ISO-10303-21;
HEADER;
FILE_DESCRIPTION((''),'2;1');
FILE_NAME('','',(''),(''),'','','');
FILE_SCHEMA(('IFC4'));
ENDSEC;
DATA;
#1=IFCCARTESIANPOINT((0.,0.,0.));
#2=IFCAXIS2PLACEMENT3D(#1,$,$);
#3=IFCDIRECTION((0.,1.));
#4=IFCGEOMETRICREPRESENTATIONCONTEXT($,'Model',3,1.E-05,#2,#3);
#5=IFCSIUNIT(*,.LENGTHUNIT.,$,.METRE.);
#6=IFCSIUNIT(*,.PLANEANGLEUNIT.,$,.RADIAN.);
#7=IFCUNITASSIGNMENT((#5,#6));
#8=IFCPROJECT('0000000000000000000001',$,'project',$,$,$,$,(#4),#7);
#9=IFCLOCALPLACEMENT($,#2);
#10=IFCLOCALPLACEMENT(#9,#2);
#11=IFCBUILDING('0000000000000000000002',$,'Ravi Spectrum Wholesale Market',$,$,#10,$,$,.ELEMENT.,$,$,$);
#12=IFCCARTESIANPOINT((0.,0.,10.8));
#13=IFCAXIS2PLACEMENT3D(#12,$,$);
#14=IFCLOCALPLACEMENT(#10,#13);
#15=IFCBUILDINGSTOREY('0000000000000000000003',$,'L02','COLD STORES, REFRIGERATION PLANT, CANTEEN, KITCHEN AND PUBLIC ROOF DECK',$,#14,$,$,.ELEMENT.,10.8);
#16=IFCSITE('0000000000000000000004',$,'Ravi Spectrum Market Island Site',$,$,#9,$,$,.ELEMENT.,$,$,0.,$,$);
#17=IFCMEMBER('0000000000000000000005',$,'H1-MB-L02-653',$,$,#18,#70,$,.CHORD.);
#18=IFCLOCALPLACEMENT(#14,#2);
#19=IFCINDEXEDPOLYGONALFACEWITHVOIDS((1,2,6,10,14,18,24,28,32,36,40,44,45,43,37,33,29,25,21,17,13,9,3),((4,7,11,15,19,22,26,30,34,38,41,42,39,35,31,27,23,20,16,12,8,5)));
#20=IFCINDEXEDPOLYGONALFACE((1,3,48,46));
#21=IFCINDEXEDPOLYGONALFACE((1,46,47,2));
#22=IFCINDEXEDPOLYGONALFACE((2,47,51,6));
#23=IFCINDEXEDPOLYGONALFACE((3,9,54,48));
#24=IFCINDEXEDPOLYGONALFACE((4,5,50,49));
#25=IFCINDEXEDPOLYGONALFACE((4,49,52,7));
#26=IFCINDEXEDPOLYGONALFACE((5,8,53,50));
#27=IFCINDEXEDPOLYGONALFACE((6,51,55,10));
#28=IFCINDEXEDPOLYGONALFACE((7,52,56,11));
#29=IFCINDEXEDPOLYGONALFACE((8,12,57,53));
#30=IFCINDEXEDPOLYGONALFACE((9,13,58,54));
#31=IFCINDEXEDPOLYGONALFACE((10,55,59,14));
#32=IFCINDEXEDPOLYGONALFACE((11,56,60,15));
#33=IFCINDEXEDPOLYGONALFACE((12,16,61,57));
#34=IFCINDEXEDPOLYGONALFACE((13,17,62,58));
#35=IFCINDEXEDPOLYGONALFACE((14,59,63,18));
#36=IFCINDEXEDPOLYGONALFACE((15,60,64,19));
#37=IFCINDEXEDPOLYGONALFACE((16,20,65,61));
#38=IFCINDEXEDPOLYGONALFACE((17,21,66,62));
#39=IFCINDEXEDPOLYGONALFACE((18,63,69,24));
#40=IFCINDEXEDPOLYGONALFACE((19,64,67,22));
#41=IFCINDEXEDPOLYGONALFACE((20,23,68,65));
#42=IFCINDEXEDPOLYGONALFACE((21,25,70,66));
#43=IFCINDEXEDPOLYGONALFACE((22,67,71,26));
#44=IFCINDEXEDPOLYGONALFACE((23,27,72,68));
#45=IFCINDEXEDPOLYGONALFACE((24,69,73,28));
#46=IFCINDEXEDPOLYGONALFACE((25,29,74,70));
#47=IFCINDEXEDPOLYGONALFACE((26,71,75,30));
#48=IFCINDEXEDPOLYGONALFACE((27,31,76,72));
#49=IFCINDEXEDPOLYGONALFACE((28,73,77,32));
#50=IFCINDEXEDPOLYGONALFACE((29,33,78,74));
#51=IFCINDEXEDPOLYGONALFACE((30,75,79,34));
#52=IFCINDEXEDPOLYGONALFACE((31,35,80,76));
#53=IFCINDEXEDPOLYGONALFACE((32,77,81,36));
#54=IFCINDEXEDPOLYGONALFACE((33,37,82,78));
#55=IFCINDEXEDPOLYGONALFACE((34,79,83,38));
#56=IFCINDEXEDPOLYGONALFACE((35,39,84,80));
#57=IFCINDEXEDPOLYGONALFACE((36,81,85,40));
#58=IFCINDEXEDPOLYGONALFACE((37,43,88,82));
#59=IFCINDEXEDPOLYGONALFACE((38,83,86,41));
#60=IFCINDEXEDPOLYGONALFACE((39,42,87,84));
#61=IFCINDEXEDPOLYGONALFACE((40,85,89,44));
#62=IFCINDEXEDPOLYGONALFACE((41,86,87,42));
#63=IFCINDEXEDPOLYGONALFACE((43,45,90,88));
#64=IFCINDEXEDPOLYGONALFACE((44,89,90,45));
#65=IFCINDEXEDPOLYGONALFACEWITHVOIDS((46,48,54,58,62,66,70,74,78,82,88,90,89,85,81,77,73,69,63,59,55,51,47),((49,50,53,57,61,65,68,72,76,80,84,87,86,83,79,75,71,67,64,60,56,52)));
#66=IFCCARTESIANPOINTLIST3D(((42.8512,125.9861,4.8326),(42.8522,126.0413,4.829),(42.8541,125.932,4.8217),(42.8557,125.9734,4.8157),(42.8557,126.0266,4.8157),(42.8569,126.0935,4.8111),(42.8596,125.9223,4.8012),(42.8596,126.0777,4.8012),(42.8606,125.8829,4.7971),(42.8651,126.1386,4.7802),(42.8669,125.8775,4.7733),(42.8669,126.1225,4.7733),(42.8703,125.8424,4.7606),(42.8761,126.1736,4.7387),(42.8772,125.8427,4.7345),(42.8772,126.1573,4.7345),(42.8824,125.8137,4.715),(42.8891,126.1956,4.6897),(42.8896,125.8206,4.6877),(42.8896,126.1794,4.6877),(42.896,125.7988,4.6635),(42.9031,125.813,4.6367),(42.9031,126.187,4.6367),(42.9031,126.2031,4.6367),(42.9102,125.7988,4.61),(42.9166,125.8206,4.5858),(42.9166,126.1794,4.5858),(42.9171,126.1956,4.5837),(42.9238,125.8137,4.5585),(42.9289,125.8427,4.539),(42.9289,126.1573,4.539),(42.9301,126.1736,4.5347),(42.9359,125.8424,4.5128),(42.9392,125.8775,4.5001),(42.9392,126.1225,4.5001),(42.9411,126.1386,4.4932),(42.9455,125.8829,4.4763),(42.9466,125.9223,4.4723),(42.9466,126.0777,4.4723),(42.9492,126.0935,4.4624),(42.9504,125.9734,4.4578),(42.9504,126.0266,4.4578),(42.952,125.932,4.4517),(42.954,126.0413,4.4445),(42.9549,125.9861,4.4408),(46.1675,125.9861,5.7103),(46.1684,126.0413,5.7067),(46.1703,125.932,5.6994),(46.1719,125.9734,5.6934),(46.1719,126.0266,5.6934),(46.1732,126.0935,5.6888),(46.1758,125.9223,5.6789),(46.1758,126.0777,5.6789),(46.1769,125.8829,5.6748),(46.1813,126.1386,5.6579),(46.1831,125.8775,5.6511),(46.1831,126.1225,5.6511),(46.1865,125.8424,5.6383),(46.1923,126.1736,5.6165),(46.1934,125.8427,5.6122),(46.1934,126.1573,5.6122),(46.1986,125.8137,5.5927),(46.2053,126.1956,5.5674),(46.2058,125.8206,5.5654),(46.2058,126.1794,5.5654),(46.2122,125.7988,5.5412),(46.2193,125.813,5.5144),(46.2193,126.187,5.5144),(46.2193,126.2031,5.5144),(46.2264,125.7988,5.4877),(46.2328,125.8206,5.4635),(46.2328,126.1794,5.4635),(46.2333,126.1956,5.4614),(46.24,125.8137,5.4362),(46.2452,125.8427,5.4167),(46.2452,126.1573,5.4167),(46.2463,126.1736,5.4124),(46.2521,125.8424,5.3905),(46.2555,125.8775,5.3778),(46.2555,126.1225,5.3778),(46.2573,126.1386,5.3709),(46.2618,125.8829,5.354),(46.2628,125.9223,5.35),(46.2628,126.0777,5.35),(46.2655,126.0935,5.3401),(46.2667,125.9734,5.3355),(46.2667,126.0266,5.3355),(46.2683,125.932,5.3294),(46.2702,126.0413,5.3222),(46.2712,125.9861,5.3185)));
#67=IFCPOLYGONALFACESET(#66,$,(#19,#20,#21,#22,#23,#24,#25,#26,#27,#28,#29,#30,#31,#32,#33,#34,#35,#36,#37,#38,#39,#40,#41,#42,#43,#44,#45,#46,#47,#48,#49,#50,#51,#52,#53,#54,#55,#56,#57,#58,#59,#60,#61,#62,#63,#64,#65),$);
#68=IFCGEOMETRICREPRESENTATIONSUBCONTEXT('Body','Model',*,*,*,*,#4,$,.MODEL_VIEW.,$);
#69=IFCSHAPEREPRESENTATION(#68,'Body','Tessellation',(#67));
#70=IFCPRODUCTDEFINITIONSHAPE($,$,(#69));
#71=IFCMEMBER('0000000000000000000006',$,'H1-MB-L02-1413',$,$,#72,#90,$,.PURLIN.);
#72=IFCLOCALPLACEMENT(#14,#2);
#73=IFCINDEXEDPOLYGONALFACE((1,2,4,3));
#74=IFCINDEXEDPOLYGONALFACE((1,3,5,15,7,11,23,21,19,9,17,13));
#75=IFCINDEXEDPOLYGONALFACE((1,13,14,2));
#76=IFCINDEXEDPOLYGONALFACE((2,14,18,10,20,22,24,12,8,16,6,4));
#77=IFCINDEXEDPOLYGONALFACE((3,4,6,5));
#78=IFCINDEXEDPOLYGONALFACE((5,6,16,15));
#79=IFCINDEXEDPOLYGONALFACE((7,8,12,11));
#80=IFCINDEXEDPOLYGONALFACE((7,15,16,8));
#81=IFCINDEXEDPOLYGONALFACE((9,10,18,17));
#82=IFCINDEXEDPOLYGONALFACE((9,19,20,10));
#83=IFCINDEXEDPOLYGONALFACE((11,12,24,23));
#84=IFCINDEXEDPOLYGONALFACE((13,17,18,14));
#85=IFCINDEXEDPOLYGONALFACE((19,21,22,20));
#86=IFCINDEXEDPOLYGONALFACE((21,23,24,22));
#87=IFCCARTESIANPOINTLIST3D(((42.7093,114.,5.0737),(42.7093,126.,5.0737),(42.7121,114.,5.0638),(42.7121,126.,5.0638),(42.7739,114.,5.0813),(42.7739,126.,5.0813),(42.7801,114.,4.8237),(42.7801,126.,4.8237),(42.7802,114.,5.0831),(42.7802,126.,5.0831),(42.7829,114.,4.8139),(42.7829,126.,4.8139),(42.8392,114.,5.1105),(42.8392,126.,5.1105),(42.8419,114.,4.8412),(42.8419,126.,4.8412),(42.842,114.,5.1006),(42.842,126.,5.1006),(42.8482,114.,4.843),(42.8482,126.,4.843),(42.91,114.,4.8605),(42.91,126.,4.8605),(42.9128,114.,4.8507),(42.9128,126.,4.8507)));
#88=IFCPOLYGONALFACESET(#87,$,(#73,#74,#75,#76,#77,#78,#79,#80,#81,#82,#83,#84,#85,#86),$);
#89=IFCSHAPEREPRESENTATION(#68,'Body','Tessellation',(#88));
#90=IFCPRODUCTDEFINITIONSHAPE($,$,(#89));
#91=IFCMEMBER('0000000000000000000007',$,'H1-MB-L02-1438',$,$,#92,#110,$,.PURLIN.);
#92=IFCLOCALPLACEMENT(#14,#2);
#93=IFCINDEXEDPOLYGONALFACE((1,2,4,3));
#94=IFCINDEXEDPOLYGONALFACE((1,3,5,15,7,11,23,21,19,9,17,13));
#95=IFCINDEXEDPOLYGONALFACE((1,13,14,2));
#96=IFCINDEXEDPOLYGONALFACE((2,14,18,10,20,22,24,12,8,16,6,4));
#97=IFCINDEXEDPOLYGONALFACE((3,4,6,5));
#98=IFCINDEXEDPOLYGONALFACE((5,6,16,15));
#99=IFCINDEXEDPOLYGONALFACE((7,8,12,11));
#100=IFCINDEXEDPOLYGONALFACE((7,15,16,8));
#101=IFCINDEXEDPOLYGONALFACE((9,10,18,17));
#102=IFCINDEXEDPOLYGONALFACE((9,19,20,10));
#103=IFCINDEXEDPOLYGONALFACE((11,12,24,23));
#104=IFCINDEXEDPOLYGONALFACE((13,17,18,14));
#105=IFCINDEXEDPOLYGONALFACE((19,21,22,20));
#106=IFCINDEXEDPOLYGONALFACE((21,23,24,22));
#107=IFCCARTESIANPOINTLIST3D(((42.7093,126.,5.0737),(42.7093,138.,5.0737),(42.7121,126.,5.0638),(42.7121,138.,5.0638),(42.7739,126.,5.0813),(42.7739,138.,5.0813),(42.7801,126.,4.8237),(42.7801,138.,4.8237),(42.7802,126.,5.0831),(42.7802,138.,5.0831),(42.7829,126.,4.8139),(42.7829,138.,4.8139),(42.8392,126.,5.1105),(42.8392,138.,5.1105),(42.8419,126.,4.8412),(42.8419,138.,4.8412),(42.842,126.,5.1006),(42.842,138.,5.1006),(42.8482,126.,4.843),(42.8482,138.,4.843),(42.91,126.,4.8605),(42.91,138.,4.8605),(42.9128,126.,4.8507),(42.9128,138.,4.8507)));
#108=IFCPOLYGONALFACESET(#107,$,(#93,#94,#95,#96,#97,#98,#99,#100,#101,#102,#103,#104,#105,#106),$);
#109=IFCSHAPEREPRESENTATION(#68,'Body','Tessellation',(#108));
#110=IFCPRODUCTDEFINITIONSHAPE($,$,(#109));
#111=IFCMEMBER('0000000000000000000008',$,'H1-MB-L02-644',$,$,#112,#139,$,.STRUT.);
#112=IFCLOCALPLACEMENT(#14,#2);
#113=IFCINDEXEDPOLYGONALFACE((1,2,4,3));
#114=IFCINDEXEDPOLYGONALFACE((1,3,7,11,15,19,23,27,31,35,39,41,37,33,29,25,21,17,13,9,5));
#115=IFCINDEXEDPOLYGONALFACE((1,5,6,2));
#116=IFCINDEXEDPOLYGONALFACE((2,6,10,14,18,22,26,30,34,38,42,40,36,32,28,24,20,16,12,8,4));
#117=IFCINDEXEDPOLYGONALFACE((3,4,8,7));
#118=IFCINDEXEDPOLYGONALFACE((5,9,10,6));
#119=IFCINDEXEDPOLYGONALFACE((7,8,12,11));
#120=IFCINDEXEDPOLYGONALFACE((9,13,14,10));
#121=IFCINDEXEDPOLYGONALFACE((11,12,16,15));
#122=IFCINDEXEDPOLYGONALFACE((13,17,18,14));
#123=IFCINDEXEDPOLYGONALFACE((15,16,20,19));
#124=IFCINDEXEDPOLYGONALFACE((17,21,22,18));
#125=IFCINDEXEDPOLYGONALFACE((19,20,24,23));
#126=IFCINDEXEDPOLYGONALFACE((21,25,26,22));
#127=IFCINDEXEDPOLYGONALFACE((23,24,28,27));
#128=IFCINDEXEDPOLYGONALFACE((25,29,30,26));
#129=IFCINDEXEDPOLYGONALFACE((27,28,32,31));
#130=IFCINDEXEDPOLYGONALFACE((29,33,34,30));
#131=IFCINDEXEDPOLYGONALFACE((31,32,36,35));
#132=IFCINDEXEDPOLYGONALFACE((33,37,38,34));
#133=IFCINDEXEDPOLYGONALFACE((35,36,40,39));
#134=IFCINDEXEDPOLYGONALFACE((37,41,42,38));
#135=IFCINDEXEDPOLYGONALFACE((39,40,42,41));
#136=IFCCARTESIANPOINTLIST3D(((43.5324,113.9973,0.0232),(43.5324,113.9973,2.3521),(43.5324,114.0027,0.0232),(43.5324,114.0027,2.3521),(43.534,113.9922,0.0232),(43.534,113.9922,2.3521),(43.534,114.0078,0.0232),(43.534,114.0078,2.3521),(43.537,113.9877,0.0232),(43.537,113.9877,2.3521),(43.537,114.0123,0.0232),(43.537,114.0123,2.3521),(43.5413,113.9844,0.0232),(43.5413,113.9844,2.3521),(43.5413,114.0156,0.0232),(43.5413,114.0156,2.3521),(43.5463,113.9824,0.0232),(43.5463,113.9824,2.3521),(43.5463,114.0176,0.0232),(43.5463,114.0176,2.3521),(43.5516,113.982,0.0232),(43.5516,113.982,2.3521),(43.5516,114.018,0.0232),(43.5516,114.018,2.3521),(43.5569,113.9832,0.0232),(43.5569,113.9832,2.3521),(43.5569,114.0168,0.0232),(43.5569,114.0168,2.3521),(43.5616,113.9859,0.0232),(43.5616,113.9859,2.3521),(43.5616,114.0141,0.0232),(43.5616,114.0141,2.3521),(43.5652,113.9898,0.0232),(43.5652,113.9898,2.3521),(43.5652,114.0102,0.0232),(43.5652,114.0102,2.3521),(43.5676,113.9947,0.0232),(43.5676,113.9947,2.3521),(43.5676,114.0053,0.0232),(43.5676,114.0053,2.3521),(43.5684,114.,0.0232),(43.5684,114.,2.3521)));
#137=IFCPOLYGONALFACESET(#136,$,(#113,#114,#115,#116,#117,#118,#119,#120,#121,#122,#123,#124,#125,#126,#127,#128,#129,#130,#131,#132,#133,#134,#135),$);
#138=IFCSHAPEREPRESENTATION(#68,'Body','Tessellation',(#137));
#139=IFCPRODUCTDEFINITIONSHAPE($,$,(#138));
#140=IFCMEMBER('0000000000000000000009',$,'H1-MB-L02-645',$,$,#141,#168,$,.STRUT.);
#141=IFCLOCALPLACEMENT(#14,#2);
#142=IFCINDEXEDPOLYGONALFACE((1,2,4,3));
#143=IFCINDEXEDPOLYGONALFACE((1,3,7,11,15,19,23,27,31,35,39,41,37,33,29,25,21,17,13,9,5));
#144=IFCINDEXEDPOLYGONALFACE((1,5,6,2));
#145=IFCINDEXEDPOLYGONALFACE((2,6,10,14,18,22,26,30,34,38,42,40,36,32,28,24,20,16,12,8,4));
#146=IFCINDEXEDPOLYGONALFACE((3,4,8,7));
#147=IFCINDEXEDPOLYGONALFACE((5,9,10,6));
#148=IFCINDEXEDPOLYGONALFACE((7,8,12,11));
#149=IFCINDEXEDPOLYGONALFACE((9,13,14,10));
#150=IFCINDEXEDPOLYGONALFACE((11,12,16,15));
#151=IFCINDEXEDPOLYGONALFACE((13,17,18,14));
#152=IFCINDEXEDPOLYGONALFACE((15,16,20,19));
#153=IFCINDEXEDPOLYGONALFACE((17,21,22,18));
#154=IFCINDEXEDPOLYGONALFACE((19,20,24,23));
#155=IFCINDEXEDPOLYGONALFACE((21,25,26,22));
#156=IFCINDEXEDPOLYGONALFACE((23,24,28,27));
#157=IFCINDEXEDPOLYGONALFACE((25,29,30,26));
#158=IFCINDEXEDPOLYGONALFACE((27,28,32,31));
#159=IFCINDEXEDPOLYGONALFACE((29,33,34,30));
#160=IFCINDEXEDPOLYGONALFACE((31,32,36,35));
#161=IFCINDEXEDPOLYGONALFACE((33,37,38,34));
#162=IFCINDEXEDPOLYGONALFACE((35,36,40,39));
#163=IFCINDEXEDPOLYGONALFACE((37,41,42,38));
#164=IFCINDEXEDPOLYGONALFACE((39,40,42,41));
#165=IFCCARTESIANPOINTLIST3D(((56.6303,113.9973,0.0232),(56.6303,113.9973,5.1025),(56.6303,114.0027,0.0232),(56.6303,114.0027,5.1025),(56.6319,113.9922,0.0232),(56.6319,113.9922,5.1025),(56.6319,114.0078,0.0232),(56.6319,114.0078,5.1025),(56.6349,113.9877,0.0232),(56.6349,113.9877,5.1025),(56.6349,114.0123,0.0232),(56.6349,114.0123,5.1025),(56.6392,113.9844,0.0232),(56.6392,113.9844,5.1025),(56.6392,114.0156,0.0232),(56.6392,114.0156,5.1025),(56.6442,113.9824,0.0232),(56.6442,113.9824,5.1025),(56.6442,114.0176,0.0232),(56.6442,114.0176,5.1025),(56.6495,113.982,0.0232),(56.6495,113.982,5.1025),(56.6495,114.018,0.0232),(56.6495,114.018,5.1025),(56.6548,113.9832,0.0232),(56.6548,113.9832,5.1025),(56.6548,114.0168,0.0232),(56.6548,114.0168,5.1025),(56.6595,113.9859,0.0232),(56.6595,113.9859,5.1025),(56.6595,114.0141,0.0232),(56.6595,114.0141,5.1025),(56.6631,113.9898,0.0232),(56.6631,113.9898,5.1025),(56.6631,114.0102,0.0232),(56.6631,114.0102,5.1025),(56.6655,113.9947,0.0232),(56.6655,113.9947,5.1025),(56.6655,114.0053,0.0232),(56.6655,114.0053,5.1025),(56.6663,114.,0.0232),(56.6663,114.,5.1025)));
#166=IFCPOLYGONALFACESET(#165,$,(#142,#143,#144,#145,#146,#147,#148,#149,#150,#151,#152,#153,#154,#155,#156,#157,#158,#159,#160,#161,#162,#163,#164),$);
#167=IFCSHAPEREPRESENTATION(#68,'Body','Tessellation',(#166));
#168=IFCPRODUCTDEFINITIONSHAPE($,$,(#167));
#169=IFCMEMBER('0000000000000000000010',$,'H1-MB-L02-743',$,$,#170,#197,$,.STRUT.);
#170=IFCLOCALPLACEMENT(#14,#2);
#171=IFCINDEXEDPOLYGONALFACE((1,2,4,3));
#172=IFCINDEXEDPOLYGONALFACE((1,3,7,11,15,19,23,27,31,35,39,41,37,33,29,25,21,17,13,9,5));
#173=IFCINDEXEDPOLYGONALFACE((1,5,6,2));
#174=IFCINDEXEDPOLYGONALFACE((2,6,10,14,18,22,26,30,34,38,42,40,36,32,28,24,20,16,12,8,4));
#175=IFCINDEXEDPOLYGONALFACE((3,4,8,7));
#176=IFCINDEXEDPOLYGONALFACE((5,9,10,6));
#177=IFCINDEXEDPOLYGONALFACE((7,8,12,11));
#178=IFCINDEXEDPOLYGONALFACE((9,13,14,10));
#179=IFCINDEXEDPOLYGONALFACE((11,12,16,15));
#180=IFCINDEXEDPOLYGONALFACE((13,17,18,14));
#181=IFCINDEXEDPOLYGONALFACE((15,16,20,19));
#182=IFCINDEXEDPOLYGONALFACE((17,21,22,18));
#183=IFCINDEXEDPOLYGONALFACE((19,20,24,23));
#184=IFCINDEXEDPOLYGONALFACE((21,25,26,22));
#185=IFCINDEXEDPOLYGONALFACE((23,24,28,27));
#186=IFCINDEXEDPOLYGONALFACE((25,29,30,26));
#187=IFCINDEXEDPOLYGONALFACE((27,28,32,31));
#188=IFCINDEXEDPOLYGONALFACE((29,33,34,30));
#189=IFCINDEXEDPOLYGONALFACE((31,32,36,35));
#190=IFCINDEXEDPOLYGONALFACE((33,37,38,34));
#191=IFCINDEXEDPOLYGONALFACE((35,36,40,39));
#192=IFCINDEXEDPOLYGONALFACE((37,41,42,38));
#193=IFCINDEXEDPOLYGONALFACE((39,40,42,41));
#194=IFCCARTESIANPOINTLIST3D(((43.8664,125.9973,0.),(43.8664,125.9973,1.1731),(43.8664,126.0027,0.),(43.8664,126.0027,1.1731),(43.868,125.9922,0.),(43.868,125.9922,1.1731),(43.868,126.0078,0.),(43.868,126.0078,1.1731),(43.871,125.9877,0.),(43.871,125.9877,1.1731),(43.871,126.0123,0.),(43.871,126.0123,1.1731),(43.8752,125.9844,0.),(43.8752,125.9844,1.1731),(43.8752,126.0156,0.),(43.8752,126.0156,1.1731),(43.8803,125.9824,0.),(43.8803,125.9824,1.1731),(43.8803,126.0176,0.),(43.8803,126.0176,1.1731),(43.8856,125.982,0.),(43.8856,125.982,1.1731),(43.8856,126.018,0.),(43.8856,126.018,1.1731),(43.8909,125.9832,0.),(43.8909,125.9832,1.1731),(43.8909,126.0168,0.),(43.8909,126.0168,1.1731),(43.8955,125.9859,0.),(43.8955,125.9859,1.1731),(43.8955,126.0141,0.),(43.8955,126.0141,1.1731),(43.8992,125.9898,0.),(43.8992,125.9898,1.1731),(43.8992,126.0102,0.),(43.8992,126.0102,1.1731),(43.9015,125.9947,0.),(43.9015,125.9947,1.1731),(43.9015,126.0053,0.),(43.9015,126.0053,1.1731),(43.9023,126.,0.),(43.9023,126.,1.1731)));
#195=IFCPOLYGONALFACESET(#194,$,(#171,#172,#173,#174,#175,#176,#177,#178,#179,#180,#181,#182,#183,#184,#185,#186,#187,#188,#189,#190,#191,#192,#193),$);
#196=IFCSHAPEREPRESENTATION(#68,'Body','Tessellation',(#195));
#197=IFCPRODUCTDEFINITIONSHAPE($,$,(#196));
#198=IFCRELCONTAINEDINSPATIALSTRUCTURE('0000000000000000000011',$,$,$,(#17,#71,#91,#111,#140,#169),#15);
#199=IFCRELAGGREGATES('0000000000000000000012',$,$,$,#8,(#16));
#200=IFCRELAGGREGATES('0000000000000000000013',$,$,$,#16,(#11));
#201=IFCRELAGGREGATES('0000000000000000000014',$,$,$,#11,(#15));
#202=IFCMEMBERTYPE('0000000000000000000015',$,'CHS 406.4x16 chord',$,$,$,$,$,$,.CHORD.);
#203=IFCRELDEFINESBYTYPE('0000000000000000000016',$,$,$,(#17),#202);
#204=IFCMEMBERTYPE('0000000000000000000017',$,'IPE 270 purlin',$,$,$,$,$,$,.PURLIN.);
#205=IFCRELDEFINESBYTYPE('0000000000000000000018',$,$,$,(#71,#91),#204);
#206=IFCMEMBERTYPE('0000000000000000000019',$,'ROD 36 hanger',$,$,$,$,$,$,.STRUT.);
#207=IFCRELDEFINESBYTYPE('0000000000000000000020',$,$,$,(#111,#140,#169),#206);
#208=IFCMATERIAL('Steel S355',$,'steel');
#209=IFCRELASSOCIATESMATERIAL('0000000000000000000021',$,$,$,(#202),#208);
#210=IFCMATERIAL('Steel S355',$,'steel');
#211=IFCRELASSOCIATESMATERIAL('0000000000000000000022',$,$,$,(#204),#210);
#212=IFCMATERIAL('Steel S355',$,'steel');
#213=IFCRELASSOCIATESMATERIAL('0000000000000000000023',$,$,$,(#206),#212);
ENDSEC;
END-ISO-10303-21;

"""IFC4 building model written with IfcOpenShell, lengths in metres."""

from ifc_helpers import new_model, si_unit, direction, frame, origin, origin_2d, place, context, subcontext, project, spatial, circle, hollow_circle, i_section, extrude, material, material_profile, profile_set, type_object, element, save


model = new_model("IFC4")

# Units and contexts
model_context = context("Model", 3, precision=1e-05, world=origin(), true_north=direction((0.0, 1.0)))
body_context = subcontext(model_context, "Body", "Model", "MODEL_VIEW")
ifc_project = project(units=[si_unit("LENGTHUNIT", "METRE"), si_unit("PLANEANGLEUNIT", "RADIAN")], contexts=[model_context])

# Site, building, storey
site_placement = place(None, origin())
site = spatial("IfcSite", under=ifc_project, at=site_placement, Name="Ravi Spectrum Market Island Site", CompositionType="ELEMENT", RefElevation=0.0)
building_placement = place(site_placement, origin())
building = spatial("IfcBuilding", under=site, at=building_placement, Name="Ravi Spectrum Wholesale Market", CompositionType="ELEMENT")
storey_placement = place(building_placement, frame((0.0, 0.0, 10.8)))
storey = spatial("IfcBuildingStorey", under=building, at=storey_placement, Name="L02", Description="COLD STORES, REFRIGERATION PLANT, CANTEEN, KITCHEN AND PUBLIC ROOF DECK", CompositionType="ELEMENT", Elevation=10.8)

# Members
ifc_material_1 = material(Name="Steel S355", Category="steel")
ifc_material_profile_1 = material_profile(ifc_material_1, hollow_circle(Radius=0.2031, WallThickness=0.0161, at=origin_2d()))
ifc_profile_set_1 = profile_set([ifc_material_profile_1], Name="Steel S355")
member_type_1 = type_object("IfcMemberType", Name="CHS 406.4x16 chord", PredefinedType="CHORD", material=ifc_profile_set_1)
member_1_placement = place(storey_placement, frame((42.9031, 126.0, 4.6367), z_axis=(0.966714, 0.0, 0.255859), x_axis=(0.0, 1.0, 0.0)))
element("IfcMember", 1, at=member_1_placement, inside=storey, type_object=member_type_1, Name="H1-MB-L02-653", PredefinedType="CHORD", context=body_context, shape_type="SweptSolid", body=[
    extrude(hollow_circle(Radius=0.2031, WallThickness=0.0161, at=origin_2d()), origin(), (0.0, 0.0, 1.0), 3.4304),
])
ifc_material_2 = material(Name="Steel S355", Category="steel")
ifc_material_profile_2 = material_profile(ifc_material_2, i_section(OverallWidth=0.135, OverallDepth=0.27, WebThickness=0.0066, FlangeThickness=0.0103, at=origin_2d()))
ifc_profile_set_2 = profile_set([ifc_material_profile_2], Name="Steel S355")
member_type_2 = type_object("IfcMemberType", Name="IPE 270 purlin", PredefinedType="PURLIN", material=ifc_profile_set_2)
for number, where, z_axis, x_axis, name in (
    (2, (42.811, 114.0, 4.9622), (0.0, 1.0, 0.0), (-0.962156, 0.0, -0.272499), "H1-MB-L02-1413"),
    (3, (42.811, 126.0, 4.9622), (0.0, 1.0, 0.0), (-0.962156, 0.0, -0.272499), "H1-MB-L02-1438"),
):
    element("IfcMember", number, at=place(storey_placement, frame(where, z_axis=z_axis, x_axis=x_axis)), inside=storey, type_object=member_type_2, Name=name, PredefinedType="PURLIN", context=body_context, shape_type="SweptSolid", body=[
        extrude(i_section(OverallWidth=0.135, OverallDepth=0.27, WebThickness=0.0066, FlangeThickness=0.0103, at=origin_2d()), origin(), (0.0, 0.0, 1.0), 12.0),
    ])
ifc_material_3 = material(Name="Steel S355", Category="steel")
ifc_material_profile_3 = material_profile(ifc_material_3, circle(Radius=0.0181, at=origin_2d()))
ifc_profile_set_3 = profile_set([ifc_material_profile_3], Name="Steel S355")
member_type_3 = type_object("IfcMemberType", Name="ROD 36 hanger", PredefinedType="STRUT", material=ifc_profile_set_3)
member_2_placement = place(storey_placement, frame((43.5503, 114.0, 0.0232), z_axis=(0.0, 0.0, 1.0), x_axis=(1.0, 0.0, 0.0)))
element("IfcMember", 4, at=member_2_placement, inside=storey, type_object=member_type_3, Name="H1-MB-L02-644", PredefinedType="STRUT", context=body_context, shape_type="SweptSolid", body=[
    extrude(circle(Radius=0.0181, at=origin_2d()), origin(), (0.0, 0.0, 1.0), 2.3289),
])
member_3_placement = place(storey_placement, frame((56.6482, 114.0, 0.0232), z_axis=(0.0, 0.0, 1.0), x_axis=(1.0, 0.0, 0.0)))
element("IfcMember", 5, at=member_3_placement, inside=storey, type_object=member_type_3, Name="H1-MB-L02-645", PredefinedType="STRUT", context=body_context, shape_type="SweptSolid", body=[
    extrude(circle(Radius=0.0181, at=origin_2d()), origin(), (0.0, 0.0, 1.0), 5.0793),
])
member_4_placement = place(storey_placement, frame((43.8843, 126.0, 0.0), z_axis=(0.0, 0.0, 1.0), x_axis=(1.0, 0.0, 0.0)))
element("IfcMember", 6, at=member_4_placement, inside=storey, type_object=member_type_3, Name="H1-MB-L02-743", PredefinedType="STRUT", context=body_context, shape_type="SweptSolid", body=[
    extrude(circle(Radius=0.0181, at=origin_2d()), origin(), (0.0, 0.0, 1.0), 1.1731),
])

save(model, "model.ifc")
